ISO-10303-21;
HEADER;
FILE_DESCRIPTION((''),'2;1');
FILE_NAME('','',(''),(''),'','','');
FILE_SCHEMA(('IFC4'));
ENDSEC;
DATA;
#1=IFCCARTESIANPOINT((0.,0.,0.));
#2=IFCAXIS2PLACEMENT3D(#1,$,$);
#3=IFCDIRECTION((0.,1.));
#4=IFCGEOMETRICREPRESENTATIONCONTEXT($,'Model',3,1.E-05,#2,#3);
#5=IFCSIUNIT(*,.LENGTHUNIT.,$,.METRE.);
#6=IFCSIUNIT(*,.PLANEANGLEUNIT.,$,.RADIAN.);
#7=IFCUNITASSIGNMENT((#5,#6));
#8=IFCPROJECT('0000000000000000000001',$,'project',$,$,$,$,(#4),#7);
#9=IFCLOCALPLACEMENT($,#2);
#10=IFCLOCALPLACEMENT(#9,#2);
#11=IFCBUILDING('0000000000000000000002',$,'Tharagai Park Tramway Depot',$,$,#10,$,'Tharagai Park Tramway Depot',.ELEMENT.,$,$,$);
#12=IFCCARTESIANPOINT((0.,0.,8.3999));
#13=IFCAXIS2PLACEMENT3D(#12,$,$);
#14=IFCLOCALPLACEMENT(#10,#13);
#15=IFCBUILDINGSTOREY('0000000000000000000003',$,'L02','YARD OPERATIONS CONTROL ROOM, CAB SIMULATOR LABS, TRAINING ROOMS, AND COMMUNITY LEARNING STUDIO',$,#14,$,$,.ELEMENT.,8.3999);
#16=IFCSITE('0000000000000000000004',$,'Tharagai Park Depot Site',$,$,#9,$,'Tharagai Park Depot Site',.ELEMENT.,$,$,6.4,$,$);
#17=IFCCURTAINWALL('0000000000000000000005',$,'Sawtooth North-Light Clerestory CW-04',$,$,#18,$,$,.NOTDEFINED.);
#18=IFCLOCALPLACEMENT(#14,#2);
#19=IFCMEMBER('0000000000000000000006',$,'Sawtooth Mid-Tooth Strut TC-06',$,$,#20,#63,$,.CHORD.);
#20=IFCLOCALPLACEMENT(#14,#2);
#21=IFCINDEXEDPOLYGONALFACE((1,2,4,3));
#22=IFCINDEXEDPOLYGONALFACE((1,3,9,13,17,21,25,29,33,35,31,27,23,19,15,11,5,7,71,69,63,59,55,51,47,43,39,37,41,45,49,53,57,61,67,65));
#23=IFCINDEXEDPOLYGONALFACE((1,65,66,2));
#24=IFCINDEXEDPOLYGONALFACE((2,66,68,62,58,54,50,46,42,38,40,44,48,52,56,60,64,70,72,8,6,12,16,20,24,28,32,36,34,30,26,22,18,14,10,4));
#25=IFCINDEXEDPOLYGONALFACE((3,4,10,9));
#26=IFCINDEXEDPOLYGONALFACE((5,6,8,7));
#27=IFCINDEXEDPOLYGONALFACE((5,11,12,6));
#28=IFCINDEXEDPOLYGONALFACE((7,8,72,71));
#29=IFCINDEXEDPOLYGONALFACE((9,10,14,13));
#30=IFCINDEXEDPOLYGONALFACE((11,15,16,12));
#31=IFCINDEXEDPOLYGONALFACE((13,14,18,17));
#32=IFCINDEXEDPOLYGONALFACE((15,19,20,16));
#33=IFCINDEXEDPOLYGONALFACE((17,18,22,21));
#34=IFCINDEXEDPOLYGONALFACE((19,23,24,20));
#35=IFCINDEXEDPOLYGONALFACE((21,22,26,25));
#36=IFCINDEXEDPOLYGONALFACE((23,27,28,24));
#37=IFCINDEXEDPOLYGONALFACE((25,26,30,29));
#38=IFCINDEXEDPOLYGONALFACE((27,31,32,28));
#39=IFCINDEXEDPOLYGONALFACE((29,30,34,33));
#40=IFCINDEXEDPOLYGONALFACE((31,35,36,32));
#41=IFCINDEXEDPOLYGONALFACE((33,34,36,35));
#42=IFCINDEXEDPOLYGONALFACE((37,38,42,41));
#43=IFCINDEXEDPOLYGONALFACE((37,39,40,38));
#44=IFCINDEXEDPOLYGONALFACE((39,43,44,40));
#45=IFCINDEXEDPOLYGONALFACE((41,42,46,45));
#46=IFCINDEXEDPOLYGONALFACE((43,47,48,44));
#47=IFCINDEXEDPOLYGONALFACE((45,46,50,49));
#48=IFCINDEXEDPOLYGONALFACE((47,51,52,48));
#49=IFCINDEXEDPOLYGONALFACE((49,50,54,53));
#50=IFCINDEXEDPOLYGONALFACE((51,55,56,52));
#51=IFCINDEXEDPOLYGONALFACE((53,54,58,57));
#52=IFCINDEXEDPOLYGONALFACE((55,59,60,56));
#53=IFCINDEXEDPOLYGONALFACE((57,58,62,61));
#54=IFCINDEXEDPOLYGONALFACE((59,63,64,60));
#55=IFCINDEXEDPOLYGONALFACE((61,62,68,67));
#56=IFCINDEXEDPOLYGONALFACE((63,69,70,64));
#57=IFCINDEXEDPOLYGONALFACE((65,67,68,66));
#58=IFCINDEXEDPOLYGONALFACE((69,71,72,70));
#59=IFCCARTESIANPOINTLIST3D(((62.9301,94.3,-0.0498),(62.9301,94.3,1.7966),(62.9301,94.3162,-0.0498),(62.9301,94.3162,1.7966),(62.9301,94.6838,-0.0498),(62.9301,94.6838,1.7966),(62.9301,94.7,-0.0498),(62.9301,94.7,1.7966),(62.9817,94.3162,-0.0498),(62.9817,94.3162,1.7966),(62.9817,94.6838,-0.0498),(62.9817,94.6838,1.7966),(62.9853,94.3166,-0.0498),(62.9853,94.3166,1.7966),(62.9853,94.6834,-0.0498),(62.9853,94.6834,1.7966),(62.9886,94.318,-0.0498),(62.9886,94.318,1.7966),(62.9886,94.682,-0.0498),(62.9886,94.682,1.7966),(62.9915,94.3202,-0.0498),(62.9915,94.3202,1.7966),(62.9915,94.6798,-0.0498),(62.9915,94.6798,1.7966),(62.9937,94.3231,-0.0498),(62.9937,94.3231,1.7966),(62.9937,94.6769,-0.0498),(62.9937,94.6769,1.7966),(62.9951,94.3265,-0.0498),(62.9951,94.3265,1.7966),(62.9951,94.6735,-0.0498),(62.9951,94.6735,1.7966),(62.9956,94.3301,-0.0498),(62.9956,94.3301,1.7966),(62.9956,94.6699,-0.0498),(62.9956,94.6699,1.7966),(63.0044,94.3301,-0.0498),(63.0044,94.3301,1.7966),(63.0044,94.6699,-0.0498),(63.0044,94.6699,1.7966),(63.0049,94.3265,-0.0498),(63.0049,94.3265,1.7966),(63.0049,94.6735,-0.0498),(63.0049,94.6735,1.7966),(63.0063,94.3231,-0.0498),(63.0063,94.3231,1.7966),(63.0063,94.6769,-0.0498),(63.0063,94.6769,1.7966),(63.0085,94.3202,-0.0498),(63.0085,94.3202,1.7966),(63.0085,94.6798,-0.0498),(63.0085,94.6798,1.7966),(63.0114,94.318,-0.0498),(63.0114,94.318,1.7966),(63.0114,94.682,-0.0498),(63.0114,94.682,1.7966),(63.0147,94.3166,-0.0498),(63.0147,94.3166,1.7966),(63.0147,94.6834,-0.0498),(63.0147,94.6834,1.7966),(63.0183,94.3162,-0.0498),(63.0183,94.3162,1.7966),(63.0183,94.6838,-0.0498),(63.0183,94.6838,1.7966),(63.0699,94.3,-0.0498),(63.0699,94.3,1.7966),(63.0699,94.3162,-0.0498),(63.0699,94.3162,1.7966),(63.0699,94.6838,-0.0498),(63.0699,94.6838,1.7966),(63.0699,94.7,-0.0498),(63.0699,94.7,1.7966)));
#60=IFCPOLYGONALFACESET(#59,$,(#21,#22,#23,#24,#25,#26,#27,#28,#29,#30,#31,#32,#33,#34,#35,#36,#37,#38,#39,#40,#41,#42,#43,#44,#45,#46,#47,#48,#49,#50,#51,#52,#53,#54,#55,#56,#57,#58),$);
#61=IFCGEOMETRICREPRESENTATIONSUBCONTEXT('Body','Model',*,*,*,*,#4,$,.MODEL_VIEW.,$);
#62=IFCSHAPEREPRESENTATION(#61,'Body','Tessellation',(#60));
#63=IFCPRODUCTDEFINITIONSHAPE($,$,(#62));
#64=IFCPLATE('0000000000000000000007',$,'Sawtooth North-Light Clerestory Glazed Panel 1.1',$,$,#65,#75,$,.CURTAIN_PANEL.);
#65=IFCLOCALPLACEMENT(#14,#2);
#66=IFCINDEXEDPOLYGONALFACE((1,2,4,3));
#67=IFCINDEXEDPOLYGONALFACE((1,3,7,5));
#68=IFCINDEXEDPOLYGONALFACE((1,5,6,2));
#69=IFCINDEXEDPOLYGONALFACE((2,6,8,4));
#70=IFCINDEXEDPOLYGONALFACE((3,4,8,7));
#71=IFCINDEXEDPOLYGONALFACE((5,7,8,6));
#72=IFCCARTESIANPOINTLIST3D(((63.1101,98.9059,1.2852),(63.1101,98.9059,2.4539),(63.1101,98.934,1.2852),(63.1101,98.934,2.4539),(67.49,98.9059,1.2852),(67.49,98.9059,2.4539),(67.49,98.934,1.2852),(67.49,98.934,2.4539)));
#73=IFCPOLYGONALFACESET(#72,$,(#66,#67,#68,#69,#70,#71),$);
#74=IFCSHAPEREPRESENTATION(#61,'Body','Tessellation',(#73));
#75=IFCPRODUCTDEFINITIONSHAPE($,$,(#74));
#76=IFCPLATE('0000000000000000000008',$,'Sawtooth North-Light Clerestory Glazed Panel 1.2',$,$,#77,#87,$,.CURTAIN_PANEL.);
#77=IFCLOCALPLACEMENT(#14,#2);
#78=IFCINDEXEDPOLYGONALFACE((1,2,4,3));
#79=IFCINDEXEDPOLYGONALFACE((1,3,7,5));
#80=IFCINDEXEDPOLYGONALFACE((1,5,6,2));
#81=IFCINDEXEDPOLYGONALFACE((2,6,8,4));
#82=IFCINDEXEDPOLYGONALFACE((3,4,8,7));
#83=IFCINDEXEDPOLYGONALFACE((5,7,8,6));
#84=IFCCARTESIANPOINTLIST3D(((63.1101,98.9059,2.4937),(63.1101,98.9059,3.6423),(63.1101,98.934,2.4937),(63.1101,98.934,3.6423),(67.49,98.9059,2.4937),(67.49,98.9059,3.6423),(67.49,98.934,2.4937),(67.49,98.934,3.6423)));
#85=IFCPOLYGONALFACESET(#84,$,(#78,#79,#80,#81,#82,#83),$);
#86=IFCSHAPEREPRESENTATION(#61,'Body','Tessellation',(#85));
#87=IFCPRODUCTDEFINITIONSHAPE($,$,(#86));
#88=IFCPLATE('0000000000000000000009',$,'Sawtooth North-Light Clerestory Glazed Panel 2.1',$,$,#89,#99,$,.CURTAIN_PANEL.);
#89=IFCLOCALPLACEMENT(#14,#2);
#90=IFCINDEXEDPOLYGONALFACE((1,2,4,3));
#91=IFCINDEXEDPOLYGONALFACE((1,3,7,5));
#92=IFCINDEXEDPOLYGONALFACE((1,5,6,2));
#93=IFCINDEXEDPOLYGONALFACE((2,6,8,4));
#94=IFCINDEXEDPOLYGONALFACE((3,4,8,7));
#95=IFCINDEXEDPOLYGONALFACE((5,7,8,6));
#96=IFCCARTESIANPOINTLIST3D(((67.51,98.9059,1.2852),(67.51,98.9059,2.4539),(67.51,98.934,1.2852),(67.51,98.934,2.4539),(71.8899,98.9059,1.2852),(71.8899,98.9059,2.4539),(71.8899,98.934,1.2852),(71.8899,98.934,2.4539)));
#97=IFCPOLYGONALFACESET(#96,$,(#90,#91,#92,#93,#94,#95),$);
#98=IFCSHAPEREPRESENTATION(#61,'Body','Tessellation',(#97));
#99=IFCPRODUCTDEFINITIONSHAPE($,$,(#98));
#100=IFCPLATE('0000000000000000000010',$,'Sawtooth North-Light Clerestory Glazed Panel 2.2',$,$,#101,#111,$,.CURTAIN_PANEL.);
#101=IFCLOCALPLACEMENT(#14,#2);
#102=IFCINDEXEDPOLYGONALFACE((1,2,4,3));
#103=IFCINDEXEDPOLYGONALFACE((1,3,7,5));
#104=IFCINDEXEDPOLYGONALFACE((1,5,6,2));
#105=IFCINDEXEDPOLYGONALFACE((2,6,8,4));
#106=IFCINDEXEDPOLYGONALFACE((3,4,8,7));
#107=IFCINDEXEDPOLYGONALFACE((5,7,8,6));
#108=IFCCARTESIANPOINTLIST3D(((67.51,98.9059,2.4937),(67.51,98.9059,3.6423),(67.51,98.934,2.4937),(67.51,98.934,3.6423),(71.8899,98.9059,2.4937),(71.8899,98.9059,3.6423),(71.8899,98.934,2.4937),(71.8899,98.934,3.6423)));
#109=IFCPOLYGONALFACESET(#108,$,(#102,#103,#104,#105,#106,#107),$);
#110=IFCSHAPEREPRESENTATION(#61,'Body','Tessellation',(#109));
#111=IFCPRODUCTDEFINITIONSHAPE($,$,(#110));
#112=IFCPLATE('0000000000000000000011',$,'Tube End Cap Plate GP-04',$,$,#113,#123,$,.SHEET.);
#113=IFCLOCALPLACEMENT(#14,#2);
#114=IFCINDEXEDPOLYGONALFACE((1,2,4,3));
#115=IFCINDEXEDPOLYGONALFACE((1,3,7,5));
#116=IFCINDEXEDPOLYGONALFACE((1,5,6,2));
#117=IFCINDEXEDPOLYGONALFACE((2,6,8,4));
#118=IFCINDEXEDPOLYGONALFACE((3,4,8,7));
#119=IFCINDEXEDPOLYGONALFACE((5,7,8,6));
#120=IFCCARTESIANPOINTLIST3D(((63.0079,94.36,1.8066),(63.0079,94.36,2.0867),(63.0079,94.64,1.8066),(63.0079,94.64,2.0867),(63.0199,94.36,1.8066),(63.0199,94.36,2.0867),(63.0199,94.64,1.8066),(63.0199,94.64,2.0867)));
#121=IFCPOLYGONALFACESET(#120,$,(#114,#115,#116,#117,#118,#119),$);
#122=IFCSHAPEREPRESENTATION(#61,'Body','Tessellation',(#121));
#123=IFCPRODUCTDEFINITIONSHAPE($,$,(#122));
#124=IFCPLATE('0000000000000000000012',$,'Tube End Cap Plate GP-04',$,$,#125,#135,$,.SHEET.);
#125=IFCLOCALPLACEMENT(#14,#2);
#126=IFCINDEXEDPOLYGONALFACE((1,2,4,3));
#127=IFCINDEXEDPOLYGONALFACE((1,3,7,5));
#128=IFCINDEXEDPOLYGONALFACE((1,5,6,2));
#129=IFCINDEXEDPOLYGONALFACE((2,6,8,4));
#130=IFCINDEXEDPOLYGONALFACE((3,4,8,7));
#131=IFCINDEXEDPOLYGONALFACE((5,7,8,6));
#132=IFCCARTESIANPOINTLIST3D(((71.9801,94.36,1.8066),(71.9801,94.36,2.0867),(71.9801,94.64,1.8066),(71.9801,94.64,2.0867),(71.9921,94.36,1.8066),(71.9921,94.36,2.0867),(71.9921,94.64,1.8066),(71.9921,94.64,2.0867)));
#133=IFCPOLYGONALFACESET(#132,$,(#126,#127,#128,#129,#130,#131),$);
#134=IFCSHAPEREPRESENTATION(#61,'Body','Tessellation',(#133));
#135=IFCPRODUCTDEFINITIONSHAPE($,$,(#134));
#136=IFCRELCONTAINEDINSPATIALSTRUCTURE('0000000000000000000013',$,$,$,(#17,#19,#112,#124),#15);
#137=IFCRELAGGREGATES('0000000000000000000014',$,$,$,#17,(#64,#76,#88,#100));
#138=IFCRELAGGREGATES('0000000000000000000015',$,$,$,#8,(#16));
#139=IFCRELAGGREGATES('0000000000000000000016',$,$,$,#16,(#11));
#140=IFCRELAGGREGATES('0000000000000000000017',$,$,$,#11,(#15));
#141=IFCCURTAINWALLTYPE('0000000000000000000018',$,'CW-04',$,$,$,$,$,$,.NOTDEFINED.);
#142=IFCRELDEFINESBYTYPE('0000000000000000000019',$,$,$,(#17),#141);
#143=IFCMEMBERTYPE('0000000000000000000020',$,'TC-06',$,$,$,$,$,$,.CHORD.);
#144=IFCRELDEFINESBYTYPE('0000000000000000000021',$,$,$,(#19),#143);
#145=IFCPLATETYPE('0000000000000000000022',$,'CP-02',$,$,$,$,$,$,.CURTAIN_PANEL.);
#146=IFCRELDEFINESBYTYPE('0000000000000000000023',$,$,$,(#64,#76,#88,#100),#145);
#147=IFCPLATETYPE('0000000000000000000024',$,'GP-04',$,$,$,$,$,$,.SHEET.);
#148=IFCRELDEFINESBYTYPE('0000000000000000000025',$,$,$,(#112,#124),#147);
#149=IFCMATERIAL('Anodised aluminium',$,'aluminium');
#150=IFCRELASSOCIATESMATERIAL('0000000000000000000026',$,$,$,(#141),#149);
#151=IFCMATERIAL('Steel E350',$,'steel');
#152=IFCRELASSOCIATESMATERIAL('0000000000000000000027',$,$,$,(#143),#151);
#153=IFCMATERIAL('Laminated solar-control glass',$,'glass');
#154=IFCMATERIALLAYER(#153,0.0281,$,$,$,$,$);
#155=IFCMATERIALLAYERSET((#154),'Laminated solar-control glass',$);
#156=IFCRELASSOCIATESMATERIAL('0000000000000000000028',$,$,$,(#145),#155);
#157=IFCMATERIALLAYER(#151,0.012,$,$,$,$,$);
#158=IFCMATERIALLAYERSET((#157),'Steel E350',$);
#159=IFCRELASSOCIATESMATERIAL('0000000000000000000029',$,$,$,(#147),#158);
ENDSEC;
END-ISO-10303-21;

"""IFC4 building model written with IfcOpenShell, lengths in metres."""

from ifc_helpers import new_model, si_unit, direction, frame, origin, origin_2d, place, context, subcontext, project, spatial, rectangle, i_section, extrude, material, layer, layer_set, material_profile, profile_set, type_object, element, aggregate, save


model = new_model("IFC4")

# Units and contexts
model_context = context("Model", 3, precision=1e-05, world=origin(), true_north=direction((0.0, 1.0)))
body_context = subcontext(model_context, "Body", "Model", "MODEL_VIEW")
ifc_project = project(units=[si_unit("LENGTHUNIT", "METRE"), si_unit("PLANEANGLEUNIT", "RADIAN")], contexts=[model_context])

# Site, building, storey
site_placement = place(None, origin())
site = spatial("IfcSite", under=ifc_project, at=site_placement, Name="Tharagai Park Depot Site", LongName="Tharagai Park Depot Site", CompositionType="ELEMENT", RefElevation=6.4)
building_placement = place(site_placement, origin())
building = spatial("IfcBuilding", under=site, at=building_placement, Name="Tharagai Park Tramway Depot", LongName="Tharagai Park Tramway Depot", CompositionType="ELEMENT")
storey_placement = place(building_placement, frame((0.0, 0.0, 8.3999)))
storey = spatial("IfcBuildingStorey", under=building, at=storey_placement, Name="L02", Description="YARD OPERATIONS CONTROL ROOM, CAB SIMULATOR LABS, TRAINING ROOMS, AND COMMUNITY LEARNING STUDIO", CompositionType="ELEMENT", Elevation=8.3999)

# Shared definitions
ifc_material_1 = material(Name="Steel E350", Category="steel")

# Curtain wall
ifc_material_2 = material(Name="Anodised aluminium", Category="aluminium")
curtain_wall_type = type_object("IfcCurtainWallType", Name="CW-04", PredefinedType="NOTDEFINED", material=ifc_material_2)
curtain_wall_placement = place(storey_placement, origin())
curtain_wall = element("IfcCurtainWall", 1, at=curtain_wall_placement, inside=storey, type_object=curtain_wall_type, Name="Sawtooth North-Light Clerestory CW-04", PredefinedType="NOTDEFINED")

# Member
ifc_material_profile_1 = material_profile(ifc_material_1, i_section(OverallWidth=0.1399, OverallDepth=0.3999, WebThickness=0.0088, FlangeThickness=0.0161, FilletRadius=0.0139, at=origin_2d()), Name="ISMB 400")
ifc_profile_set_1 = profile_set([ifc_material_profile_1], Name="Steel E350")
member_type_1 = type_object("IfcMemberType", Name="TC-06", PredefinedType="CHORD", material=ifc_profile_set_1)
member_1_placement = place(storey_placement, frame((63.0, 94.5, -0.0498), z_axis=(0.0, 0.0, 1.0), x_axis=(1.0, 0.0, 0.0)))
element("IfcMember", 2, at=member_1_placement, inside=storey, type_object=member_type_1, Name="Sawtooth Mid-Tooth Strut TC-06", PredefinedType="CHORD", context=body_context, shape_type="SweptSolid", body=[
    extrude(i_section(OverallWidth=0.1399, OverallDepth=0.3999, WebThickness=0.0088, FlangeThickness=0.0161, FilletRadius=0.0139, at=origin_2d()), origin(), (0.0, 0.0, 1.0), 1.8464),
])

# Plates
ifc_material_3 = material(Name="Laminated solar-control glass", Category="glass")
ifc_layer_1 = layer(ifc_material_3, 0.0281)
ifc_layer_set_1 = layer_set([ifc_layer_1], Name="Laminated solar-control glass")
plate_type_1 = type_object("IfcPlateType", Name="CP-02", PredefinedType="CURTAIN_PANEL", material=ifc_layer_set_1)
plate_1_placement = place(storey_placement, frame((65.3, 98.9199, 1.2852), z_axis=(0.0, 0.0, 1.0), x_axis=(1.0, 0.0, 0.0)))
plate_1 = element("IfcPlate", 3, at=plate_1_placement, type_object=plate_type_1, Name="Sawtooth North-Light Clerestory Glazed Panel 1.1", PredefinedType="CURTAIN_PANEL", context=body_context, shape_type="SweptSolid", body=[
    extrude(rectangle(XDim=4.3799, YDim=0.0281, at=origin_2d()), origin(), (0.0, 0.0, 1.0), 1.1687),
])
plate_2_placement = place(storey_placement, frame((65.3, 98.9199, 2.4937), z_axis=(0.0, 0.0, 1.0), x_axis=(1.0, 0.0, 0.0)))
plate_2 = element("IfcPlate", 4, at=plate_2_placement, type_object=plate_type_1, Name="Sawtooth North-Light Clerestory Glazed Panel 1.2", PredefinedType="CURTAIN_PANEL", context=body_context, shape_type="SweptSolid", body=[
    extrude(rectangle(XDim=4.3799, YDim=0.0281, at=origin_2d()), origin(), (0.0, 0.0, 1.0), 1.1487),
])
plate_3_placement = place(storey_placement, frame((69.7, 98.9199, 1.2852), z_axis=(0.0, 0.0, 1.0), x_axis=(1.0, 0.0, 0.0)))
plate_3 = element("IfcPlate", 5, at=plate_3_placement, type_object=plate_type_1, Name="Sawtooth North-Light Clerestory Glazed Panel 2.1", PredefinedType="CURTAIN_PANEL", context=body_context, shape_type="SweptSolid", body=[
    extrude(rectangle(XDim=4.3799, YDim=0.0281, at=origin_2d()), origin(), (0.0, 0.0, 1.0), 1.1687),
])
plate_4_placement = place(storey_placement, frame((69.7, 98.9199, 2.4937), z_axis=(0.0, 0.0, 1.0), x_axis=(1.0, 0.0, 0.0)))
plate_4 = element("IfcPlate", 6, at=plate_4_placement, type_object=plate_type_1, Name="Sawtooth North-Light Clerestory Glazed Panel 2.2", PredefinedType="CURTAIN_PANEL", context=body_context, shape_type="SweptSolid", body=[
    extrude(rectangle(XDim=4.3799, YDim=0.0281, at=origin_2d()), origin(), (0.0, 0.0, 1.0), 1.1487),
])
aggregate(curtain_wall, [plate_1, plate_2, plate_3, plate_4])

# Plates
ifc_layer_2 = layer(ifc_material_1, 0.012)
ifc_layer_set_2 = layer_set([ifc_layer_2], Name="Steel E350")
plate_type_2 = type_object("IfcPlateType", Name="GP-04", PredefinedType="SHEET", material=ifc_layer_set_2)
for number, where, z_axis, x_axis, name in (
    (7, (63.0139, 94.5, 1.8066), (0.0, 0.0, 1.0), (1.0, 0.0, 0.0), "Tube End Cap Plate GP-04"),
    (8, (71.9861, 94.5, 1.8066), (0.0, 0.0, 1.0), (1.0, 0.0, 0.0), "Tube End Cap Plate GP-04"),
):
    element("IfcPlate", number, at=place(storey_placement, frame(where, z_axis=z_axis, x_axis=x_axis)), inside=storey, type_object=plate_type_2, Name=name, PredefinedType="SHEET", context=body_context, shape_type="SweptSolid", body=[
        extrude(rectangle(XDim=0.012, YDim=0.28, at=origin_2d()), origin(), (0.0, 0.0, 1.0), 0.28),
    ])

save(model, "model.ifc")
